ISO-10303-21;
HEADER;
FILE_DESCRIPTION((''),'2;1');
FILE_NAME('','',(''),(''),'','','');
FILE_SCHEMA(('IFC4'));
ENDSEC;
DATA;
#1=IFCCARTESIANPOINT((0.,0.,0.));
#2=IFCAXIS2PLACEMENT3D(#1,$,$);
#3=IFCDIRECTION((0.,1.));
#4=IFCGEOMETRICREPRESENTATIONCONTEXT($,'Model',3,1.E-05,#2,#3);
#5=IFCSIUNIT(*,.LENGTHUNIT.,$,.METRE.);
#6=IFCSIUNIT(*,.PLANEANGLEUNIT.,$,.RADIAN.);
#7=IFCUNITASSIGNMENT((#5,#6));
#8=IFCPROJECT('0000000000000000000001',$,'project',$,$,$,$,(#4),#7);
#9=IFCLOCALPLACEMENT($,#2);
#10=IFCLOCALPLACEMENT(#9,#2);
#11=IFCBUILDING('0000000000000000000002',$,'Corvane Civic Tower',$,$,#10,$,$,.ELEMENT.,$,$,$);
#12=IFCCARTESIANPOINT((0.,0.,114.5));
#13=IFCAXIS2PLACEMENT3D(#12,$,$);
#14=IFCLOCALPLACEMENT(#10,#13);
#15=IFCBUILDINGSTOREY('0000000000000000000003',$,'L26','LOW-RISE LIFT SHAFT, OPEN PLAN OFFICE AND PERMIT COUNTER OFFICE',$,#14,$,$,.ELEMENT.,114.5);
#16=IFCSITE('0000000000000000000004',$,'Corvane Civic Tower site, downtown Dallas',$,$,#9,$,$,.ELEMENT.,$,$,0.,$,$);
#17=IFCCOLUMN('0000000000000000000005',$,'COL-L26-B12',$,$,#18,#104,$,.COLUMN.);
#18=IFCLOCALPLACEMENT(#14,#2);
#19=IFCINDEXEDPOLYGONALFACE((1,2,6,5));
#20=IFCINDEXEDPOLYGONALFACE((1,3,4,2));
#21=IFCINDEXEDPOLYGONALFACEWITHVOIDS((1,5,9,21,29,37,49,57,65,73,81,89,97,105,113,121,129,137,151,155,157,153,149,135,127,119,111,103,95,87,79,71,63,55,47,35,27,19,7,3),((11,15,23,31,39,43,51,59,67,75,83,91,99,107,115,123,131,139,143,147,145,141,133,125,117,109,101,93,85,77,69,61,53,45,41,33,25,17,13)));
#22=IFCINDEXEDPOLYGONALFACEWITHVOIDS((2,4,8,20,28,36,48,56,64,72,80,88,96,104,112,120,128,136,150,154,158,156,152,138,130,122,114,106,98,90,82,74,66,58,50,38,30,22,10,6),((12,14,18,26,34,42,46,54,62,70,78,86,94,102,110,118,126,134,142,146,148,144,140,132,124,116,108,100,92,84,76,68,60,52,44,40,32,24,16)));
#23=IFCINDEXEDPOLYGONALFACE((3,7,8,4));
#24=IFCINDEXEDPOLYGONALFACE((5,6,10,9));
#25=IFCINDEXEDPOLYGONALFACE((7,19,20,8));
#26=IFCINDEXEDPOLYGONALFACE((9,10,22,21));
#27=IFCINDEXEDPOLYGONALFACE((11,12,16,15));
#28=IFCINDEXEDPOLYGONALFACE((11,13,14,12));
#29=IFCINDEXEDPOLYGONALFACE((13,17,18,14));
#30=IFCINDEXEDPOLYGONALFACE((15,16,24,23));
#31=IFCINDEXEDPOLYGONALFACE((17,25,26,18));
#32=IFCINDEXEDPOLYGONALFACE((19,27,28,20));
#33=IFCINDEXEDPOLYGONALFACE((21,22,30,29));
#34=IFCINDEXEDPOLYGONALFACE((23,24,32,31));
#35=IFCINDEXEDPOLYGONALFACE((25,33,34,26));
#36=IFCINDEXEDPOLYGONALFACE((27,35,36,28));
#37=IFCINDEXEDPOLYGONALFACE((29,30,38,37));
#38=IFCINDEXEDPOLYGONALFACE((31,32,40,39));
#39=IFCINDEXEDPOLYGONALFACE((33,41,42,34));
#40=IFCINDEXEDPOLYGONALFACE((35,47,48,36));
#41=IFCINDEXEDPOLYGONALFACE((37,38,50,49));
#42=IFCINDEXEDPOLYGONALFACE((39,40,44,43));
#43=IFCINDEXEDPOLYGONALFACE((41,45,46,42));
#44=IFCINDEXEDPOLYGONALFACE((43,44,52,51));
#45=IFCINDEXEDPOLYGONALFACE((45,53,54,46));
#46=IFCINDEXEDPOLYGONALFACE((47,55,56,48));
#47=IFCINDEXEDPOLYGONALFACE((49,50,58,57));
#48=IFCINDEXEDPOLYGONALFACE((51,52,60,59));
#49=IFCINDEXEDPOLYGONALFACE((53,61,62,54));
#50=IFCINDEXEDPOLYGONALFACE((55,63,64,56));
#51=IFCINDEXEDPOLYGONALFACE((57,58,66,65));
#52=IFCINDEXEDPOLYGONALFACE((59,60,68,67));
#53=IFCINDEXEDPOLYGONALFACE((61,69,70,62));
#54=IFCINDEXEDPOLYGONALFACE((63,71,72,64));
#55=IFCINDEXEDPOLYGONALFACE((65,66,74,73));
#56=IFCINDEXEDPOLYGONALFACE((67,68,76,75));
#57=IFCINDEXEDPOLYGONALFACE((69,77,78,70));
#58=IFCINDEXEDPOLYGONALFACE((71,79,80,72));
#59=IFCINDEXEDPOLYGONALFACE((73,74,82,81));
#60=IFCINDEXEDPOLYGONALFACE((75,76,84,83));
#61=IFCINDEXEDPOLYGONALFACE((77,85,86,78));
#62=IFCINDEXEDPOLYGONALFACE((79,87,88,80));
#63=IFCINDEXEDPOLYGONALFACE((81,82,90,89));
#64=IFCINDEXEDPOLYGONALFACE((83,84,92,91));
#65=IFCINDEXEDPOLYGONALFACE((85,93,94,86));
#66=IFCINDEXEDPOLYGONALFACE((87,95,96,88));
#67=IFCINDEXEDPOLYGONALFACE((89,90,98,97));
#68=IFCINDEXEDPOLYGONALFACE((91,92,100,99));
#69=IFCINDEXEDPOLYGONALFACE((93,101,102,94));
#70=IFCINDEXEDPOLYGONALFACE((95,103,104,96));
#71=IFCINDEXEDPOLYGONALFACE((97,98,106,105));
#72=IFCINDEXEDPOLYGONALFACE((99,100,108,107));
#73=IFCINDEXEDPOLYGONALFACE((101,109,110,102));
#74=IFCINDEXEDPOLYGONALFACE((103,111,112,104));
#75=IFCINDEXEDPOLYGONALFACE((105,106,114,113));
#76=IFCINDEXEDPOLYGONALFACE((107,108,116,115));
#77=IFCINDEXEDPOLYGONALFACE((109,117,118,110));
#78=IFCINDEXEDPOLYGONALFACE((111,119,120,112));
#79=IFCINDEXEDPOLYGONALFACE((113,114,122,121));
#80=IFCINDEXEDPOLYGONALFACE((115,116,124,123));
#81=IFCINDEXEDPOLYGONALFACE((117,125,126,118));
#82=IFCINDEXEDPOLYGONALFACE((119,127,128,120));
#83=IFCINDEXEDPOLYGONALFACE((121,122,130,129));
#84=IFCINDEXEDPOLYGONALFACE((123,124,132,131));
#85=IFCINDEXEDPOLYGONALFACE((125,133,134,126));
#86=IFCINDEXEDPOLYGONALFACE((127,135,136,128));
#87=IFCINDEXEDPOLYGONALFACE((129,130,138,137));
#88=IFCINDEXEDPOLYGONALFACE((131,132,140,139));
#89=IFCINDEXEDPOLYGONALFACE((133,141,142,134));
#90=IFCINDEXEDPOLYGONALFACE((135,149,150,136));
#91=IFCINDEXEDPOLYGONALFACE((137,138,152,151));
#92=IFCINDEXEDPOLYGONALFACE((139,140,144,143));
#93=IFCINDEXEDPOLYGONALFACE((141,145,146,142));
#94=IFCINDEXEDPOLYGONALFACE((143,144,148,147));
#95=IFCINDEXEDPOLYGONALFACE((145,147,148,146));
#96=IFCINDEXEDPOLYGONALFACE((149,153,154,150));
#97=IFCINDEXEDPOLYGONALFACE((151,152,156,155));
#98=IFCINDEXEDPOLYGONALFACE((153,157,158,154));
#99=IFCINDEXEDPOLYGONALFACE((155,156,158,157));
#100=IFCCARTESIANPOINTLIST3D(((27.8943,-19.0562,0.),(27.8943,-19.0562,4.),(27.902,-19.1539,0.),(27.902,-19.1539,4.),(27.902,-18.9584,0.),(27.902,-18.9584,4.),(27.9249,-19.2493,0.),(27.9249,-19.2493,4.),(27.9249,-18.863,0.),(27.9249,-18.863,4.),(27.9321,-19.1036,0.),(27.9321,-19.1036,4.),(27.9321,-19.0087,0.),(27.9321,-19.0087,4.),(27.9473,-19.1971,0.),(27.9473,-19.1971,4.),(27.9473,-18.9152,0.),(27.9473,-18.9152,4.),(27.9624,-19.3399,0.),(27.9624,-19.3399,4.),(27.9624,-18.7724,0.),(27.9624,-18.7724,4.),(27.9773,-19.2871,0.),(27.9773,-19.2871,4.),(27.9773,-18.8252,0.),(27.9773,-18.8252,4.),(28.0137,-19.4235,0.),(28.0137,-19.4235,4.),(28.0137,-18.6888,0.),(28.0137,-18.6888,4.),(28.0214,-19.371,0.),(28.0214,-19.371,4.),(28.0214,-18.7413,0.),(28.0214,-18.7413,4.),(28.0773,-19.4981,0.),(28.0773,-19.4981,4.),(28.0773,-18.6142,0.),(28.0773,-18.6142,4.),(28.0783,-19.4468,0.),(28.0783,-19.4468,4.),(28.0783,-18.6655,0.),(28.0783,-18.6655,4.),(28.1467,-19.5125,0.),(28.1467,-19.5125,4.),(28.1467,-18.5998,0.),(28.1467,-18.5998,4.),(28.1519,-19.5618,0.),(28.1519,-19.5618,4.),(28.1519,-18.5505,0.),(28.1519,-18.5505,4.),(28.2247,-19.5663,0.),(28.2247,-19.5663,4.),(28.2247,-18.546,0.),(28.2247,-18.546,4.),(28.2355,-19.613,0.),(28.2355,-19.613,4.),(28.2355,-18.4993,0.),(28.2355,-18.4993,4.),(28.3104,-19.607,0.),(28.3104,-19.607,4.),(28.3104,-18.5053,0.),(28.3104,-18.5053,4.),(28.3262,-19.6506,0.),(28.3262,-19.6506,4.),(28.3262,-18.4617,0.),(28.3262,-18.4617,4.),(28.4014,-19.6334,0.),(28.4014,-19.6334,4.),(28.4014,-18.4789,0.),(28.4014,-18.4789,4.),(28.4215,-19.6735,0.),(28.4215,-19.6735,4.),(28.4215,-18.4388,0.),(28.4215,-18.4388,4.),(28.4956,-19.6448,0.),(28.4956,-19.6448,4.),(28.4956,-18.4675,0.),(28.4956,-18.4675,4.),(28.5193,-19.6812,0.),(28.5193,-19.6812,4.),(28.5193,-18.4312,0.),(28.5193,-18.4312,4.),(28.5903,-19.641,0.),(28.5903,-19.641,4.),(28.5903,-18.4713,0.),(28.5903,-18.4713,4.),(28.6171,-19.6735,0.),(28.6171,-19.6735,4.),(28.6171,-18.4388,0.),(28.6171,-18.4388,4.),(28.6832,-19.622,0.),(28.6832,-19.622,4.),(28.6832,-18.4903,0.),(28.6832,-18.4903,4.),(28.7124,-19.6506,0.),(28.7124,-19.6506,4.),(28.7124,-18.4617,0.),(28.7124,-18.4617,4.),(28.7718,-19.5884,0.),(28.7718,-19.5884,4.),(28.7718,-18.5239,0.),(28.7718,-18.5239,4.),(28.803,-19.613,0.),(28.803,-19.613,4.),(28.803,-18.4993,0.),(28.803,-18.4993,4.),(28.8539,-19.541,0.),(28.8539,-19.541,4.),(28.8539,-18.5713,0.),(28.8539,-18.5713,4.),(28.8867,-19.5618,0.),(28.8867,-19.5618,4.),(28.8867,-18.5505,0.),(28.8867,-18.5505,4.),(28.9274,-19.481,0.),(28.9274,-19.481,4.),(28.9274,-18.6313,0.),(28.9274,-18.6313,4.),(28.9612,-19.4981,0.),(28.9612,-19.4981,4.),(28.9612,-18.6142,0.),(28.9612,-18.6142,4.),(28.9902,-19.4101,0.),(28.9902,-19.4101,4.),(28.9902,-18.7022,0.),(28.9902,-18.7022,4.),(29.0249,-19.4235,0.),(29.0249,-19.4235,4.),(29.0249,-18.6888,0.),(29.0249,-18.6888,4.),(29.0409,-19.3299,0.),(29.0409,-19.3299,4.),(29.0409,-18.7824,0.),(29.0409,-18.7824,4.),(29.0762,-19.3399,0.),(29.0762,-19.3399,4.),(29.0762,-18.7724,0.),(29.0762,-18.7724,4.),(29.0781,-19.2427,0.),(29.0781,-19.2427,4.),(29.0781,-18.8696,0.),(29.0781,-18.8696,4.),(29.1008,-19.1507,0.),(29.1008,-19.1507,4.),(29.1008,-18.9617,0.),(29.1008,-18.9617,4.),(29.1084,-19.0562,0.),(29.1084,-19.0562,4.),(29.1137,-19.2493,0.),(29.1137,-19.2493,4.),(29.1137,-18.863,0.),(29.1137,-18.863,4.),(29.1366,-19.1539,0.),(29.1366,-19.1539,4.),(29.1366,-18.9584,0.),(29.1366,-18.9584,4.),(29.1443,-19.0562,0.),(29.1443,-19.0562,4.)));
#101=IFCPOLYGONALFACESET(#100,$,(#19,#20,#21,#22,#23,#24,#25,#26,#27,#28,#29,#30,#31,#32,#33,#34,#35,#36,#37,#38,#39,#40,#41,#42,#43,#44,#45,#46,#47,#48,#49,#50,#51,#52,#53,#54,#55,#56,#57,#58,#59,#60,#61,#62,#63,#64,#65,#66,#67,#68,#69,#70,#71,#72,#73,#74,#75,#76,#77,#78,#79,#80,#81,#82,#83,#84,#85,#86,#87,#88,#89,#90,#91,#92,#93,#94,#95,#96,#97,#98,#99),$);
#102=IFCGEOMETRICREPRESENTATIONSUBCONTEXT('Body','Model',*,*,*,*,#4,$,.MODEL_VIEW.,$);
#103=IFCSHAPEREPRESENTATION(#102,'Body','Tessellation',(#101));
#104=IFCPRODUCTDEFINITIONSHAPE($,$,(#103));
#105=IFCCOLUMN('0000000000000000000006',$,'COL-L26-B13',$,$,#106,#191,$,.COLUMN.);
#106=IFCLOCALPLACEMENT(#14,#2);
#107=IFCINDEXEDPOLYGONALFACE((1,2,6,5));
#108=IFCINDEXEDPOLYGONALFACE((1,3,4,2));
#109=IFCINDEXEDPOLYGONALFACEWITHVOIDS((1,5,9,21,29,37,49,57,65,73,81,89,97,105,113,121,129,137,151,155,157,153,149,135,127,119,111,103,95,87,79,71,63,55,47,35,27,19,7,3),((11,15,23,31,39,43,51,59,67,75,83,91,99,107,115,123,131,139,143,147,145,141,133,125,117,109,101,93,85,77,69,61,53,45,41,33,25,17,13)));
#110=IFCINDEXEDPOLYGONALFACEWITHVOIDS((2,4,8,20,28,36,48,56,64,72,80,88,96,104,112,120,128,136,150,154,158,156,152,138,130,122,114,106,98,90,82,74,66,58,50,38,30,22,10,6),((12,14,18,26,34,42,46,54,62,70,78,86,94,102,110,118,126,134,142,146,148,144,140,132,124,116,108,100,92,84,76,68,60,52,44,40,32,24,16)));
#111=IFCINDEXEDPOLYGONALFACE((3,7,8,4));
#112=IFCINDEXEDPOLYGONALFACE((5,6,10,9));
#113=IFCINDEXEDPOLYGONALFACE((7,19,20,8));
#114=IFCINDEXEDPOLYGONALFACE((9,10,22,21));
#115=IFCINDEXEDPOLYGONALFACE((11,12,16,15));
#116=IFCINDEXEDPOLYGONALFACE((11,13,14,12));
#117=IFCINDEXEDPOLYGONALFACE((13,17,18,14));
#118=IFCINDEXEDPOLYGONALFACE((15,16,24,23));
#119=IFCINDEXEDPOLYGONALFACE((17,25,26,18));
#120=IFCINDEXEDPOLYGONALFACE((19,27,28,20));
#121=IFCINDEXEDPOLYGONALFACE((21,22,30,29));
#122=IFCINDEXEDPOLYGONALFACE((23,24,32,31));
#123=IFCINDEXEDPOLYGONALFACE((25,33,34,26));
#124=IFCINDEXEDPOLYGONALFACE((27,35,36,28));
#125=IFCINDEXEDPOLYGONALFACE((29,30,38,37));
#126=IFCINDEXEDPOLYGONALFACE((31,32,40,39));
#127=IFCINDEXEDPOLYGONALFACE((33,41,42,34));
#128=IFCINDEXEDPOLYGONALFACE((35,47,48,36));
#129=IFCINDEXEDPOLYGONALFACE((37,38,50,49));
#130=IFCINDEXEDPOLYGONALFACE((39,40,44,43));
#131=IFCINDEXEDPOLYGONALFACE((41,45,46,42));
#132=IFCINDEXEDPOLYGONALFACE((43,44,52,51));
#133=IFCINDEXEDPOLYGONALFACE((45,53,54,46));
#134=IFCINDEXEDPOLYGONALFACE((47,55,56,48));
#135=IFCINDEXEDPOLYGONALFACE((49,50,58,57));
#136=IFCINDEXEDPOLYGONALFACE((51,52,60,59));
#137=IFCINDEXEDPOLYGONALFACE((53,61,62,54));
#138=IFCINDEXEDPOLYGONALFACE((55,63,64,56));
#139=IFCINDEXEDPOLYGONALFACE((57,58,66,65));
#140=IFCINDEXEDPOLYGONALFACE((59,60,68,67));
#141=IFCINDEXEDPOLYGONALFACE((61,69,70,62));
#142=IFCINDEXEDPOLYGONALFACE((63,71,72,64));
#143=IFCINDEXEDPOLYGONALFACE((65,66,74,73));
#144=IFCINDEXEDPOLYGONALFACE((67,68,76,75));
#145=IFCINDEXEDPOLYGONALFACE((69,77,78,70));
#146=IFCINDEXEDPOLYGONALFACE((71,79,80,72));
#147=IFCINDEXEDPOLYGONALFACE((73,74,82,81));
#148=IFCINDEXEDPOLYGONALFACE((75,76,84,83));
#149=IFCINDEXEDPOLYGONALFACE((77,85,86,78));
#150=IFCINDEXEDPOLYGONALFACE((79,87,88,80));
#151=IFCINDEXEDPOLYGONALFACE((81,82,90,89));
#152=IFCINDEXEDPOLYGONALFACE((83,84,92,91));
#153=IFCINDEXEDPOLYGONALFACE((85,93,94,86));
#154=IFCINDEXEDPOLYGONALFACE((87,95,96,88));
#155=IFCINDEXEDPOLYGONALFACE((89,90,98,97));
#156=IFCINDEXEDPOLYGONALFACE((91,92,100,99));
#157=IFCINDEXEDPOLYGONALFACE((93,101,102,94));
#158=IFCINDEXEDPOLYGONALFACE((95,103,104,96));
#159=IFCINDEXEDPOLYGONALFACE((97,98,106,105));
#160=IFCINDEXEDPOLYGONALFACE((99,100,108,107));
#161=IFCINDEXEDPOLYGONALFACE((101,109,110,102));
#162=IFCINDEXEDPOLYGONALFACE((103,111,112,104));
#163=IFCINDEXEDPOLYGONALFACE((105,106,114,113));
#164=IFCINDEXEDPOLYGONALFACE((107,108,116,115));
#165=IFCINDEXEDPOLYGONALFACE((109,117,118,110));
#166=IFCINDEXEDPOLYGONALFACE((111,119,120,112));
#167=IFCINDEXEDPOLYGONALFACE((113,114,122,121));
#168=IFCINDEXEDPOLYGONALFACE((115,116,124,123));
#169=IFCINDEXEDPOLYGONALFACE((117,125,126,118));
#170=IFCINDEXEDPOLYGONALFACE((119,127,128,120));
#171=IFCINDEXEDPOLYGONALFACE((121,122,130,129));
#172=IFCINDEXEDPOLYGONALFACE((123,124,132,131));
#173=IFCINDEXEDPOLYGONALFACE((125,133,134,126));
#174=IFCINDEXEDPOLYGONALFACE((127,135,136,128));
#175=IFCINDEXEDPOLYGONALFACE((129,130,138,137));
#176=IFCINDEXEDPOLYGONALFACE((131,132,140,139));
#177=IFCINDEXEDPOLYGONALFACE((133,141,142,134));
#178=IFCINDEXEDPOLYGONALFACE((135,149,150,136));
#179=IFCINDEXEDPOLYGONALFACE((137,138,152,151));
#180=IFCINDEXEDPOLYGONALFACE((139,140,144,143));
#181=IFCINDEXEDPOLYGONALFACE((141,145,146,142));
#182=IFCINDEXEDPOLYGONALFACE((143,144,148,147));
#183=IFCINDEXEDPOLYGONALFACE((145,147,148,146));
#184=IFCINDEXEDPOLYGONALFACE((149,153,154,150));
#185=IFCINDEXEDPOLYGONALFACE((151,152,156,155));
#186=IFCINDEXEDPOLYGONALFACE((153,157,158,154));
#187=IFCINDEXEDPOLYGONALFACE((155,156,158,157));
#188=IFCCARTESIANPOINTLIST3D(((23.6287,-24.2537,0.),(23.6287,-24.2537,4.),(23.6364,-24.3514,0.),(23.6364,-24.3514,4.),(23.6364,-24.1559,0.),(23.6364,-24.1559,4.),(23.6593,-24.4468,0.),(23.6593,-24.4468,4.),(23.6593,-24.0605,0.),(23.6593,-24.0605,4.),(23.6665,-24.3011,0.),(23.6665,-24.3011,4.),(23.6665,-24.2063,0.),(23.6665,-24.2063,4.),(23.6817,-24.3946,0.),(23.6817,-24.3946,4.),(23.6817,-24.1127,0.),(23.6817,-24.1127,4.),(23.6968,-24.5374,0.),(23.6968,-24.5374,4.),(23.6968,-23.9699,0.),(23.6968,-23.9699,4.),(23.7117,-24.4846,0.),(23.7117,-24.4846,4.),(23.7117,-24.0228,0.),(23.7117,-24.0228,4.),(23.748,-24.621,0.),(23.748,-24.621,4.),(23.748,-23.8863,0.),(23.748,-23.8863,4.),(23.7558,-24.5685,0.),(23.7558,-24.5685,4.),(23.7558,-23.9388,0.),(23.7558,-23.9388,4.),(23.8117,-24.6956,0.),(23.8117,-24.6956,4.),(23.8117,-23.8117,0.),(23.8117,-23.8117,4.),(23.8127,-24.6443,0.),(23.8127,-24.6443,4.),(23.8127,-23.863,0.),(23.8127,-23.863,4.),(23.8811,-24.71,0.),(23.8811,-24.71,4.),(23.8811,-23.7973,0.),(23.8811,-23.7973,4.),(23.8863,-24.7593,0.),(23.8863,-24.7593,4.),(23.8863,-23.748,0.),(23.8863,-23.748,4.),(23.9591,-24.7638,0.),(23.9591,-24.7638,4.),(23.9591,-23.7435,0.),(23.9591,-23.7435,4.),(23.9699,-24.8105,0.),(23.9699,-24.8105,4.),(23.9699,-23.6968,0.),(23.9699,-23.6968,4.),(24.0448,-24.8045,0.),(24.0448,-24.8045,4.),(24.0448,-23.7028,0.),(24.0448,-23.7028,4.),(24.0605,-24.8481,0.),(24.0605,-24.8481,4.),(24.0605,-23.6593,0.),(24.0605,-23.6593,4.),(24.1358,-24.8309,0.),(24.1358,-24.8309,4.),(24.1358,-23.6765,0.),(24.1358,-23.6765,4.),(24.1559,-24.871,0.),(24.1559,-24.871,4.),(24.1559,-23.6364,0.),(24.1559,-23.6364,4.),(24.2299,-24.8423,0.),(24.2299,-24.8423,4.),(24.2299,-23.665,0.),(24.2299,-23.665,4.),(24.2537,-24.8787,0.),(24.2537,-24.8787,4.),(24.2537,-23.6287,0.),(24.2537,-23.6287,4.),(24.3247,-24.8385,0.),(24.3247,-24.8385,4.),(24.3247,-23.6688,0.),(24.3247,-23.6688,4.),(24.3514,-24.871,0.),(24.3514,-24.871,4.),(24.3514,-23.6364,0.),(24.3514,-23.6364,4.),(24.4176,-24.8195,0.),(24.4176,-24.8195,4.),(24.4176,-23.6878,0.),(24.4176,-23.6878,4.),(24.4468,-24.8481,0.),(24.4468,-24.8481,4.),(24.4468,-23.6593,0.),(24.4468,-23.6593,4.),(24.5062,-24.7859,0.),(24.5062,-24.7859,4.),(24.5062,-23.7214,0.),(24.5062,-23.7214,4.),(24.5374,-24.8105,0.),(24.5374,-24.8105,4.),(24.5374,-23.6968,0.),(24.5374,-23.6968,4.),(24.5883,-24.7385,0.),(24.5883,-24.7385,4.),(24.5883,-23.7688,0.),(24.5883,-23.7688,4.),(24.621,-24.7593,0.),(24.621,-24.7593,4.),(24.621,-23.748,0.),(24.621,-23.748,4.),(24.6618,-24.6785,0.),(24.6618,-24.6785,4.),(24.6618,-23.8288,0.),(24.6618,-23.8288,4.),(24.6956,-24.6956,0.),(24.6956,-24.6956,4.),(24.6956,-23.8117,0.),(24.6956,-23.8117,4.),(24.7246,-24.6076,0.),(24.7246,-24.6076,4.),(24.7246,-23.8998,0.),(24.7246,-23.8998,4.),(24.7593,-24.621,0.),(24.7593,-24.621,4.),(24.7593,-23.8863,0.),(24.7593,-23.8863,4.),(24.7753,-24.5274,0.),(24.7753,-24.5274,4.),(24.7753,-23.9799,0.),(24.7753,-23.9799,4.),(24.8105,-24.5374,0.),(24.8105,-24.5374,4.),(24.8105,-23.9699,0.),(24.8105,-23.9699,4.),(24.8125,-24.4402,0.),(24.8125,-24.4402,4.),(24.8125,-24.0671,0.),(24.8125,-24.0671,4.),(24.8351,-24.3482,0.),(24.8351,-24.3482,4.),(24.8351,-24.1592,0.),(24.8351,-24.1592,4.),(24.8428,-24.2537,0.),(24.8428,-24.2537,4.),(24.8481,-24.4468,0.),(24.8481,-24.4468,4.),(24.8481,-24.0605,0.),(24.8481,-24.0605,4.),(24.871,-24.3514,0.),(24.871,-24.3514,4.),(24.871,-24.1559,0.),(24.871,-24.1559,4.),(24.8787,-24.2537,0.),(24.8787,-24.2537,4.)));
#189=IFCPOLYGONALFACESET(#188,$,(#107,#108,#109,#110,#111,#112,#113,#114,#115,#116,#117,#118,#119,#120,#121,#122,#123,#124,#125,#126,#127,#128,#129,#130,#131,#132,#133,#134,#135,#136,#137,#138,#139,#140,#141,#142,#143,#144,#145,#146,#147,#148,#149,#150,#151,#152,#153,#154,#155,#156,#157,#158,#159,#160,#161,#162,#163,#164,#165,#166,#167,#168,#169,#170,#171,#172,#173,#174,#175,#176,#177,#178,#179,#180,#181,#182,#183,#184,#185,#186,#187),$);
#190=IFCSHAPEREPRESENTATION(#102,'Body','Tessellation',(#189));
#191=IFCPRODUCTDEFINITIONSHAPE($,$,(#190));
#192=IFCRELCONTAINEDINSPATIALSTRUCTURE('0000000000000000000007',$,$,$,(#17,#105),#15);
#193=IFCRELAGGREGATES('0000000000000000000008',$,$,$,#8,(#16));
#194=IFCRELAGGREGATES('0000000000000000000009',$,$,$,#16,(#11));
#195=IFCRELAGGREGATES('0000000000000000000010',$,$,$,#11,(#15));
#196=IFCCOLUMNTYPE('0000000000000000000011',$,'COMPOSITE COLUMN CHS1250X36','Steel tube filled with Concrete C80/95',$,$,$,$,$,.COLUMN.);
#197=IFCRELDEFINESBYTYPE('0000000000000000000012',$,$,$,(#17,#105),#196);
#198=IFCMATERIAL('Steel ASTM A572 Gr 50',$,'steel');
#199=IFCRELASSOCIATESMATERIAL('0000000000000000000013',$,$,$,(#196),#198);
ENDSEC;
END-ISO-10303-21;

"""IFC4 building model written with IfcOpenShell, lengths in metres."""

from ifc_helpers import new_model, si_unit, direction, frame, origin, origin_2d, place, context, subcontext, project, spatial, hollow_circle, extrude, material, material_profile, profile_set, type_object, element, save


model = new_model("IFC4")

# Units and contexts
model_context = context("Model", 3, precision=1e-05, world=origin(), true_north=direction((0.0, 1.0)))
body_context = subcontext(model_context, "Body", "Model", "MODEL_VIEW")
ifc_project = project(units=[si_unit("LENGTHUNIT", "METRE"), si_unit("PLANEANGLEUNIT", "RADIAN")], contexts=[model_context])

# Site, building, storey
site_placement = place(None, origin())
site = spatial("IfcSite", under=ifc_project, at=site_placement, Name="Corvane Civic Tower site, downtown Dallas", CompositionType="ELEMENT", RefElevation=0.0)
building_placement = place(site_placement, origin())
building = spatial("IfcBuilding", under=site, at=building_placement, Name="Corvane Civic Tower", CompositionType="ELEMENT")
storey_placement = place(building_placement, frame((0.0, 0.0, 114.5)))
storey = spatial("IfcBuildingStorey", under=building, at=storey_placement, Name="L26", Description="LOW-RISE LIFT SHAFT, OPEN PLAN OFFICE AND PERMIT COUNTER OFFICE", CompositionType="ELEMENT", Elevation=114.5)

# Columns
ifc_material_1 = material(Name="Steel ASTM A572 Gr 50", Category="steel")
ifc_material_profile_1 = material_profile(ifc_material_1, hollow_circle(Radius=0.625, WallThickness=0.0359, at=origin_2d()), Name="CHS1250X36")
ifc_profile_set_1 = profile_set([ifc_material_profile_1], Name="Steel ASTM A572 Gr 50")
column_type = type_object("IfcColumnType", Name="COMPOSITE COLUMN CHS1250X36", Description="Steel tube filled with Concrete C80/95", PredefinedType="COLUMN", material=ifc_profile_set_1)
for number, where, z_axis, x_axis, name in (
    (1, (28.5193, -19.0562, 0.0), (0.0, 0.0, 1.0), (1.0, 0.0, 0.0), "COL-L26-B12"),
    (2, (24.2537, -24.2537, 0.0), (0.0, 0.0, 1.0), (1.0, 0.0, 0.0), "COL-L26-B13"),
):
    element("IfcColumn", number, at=place(storey_placement, frame(where, z_axis=z_axis, x_axis=x_axis)), inside=storey, type_object=column_type, Name=name, PredefinedType="COLUMN", context=body_context, shape_type="SweptSolid", body=[
        extrude(hollow_circle(Radius=0.625, WallThickness=0.0359, at=origin_2d()), origin(), (0.0, 0.0, 1.0), 4.0),
    ])

save(model, "model.ifc")
